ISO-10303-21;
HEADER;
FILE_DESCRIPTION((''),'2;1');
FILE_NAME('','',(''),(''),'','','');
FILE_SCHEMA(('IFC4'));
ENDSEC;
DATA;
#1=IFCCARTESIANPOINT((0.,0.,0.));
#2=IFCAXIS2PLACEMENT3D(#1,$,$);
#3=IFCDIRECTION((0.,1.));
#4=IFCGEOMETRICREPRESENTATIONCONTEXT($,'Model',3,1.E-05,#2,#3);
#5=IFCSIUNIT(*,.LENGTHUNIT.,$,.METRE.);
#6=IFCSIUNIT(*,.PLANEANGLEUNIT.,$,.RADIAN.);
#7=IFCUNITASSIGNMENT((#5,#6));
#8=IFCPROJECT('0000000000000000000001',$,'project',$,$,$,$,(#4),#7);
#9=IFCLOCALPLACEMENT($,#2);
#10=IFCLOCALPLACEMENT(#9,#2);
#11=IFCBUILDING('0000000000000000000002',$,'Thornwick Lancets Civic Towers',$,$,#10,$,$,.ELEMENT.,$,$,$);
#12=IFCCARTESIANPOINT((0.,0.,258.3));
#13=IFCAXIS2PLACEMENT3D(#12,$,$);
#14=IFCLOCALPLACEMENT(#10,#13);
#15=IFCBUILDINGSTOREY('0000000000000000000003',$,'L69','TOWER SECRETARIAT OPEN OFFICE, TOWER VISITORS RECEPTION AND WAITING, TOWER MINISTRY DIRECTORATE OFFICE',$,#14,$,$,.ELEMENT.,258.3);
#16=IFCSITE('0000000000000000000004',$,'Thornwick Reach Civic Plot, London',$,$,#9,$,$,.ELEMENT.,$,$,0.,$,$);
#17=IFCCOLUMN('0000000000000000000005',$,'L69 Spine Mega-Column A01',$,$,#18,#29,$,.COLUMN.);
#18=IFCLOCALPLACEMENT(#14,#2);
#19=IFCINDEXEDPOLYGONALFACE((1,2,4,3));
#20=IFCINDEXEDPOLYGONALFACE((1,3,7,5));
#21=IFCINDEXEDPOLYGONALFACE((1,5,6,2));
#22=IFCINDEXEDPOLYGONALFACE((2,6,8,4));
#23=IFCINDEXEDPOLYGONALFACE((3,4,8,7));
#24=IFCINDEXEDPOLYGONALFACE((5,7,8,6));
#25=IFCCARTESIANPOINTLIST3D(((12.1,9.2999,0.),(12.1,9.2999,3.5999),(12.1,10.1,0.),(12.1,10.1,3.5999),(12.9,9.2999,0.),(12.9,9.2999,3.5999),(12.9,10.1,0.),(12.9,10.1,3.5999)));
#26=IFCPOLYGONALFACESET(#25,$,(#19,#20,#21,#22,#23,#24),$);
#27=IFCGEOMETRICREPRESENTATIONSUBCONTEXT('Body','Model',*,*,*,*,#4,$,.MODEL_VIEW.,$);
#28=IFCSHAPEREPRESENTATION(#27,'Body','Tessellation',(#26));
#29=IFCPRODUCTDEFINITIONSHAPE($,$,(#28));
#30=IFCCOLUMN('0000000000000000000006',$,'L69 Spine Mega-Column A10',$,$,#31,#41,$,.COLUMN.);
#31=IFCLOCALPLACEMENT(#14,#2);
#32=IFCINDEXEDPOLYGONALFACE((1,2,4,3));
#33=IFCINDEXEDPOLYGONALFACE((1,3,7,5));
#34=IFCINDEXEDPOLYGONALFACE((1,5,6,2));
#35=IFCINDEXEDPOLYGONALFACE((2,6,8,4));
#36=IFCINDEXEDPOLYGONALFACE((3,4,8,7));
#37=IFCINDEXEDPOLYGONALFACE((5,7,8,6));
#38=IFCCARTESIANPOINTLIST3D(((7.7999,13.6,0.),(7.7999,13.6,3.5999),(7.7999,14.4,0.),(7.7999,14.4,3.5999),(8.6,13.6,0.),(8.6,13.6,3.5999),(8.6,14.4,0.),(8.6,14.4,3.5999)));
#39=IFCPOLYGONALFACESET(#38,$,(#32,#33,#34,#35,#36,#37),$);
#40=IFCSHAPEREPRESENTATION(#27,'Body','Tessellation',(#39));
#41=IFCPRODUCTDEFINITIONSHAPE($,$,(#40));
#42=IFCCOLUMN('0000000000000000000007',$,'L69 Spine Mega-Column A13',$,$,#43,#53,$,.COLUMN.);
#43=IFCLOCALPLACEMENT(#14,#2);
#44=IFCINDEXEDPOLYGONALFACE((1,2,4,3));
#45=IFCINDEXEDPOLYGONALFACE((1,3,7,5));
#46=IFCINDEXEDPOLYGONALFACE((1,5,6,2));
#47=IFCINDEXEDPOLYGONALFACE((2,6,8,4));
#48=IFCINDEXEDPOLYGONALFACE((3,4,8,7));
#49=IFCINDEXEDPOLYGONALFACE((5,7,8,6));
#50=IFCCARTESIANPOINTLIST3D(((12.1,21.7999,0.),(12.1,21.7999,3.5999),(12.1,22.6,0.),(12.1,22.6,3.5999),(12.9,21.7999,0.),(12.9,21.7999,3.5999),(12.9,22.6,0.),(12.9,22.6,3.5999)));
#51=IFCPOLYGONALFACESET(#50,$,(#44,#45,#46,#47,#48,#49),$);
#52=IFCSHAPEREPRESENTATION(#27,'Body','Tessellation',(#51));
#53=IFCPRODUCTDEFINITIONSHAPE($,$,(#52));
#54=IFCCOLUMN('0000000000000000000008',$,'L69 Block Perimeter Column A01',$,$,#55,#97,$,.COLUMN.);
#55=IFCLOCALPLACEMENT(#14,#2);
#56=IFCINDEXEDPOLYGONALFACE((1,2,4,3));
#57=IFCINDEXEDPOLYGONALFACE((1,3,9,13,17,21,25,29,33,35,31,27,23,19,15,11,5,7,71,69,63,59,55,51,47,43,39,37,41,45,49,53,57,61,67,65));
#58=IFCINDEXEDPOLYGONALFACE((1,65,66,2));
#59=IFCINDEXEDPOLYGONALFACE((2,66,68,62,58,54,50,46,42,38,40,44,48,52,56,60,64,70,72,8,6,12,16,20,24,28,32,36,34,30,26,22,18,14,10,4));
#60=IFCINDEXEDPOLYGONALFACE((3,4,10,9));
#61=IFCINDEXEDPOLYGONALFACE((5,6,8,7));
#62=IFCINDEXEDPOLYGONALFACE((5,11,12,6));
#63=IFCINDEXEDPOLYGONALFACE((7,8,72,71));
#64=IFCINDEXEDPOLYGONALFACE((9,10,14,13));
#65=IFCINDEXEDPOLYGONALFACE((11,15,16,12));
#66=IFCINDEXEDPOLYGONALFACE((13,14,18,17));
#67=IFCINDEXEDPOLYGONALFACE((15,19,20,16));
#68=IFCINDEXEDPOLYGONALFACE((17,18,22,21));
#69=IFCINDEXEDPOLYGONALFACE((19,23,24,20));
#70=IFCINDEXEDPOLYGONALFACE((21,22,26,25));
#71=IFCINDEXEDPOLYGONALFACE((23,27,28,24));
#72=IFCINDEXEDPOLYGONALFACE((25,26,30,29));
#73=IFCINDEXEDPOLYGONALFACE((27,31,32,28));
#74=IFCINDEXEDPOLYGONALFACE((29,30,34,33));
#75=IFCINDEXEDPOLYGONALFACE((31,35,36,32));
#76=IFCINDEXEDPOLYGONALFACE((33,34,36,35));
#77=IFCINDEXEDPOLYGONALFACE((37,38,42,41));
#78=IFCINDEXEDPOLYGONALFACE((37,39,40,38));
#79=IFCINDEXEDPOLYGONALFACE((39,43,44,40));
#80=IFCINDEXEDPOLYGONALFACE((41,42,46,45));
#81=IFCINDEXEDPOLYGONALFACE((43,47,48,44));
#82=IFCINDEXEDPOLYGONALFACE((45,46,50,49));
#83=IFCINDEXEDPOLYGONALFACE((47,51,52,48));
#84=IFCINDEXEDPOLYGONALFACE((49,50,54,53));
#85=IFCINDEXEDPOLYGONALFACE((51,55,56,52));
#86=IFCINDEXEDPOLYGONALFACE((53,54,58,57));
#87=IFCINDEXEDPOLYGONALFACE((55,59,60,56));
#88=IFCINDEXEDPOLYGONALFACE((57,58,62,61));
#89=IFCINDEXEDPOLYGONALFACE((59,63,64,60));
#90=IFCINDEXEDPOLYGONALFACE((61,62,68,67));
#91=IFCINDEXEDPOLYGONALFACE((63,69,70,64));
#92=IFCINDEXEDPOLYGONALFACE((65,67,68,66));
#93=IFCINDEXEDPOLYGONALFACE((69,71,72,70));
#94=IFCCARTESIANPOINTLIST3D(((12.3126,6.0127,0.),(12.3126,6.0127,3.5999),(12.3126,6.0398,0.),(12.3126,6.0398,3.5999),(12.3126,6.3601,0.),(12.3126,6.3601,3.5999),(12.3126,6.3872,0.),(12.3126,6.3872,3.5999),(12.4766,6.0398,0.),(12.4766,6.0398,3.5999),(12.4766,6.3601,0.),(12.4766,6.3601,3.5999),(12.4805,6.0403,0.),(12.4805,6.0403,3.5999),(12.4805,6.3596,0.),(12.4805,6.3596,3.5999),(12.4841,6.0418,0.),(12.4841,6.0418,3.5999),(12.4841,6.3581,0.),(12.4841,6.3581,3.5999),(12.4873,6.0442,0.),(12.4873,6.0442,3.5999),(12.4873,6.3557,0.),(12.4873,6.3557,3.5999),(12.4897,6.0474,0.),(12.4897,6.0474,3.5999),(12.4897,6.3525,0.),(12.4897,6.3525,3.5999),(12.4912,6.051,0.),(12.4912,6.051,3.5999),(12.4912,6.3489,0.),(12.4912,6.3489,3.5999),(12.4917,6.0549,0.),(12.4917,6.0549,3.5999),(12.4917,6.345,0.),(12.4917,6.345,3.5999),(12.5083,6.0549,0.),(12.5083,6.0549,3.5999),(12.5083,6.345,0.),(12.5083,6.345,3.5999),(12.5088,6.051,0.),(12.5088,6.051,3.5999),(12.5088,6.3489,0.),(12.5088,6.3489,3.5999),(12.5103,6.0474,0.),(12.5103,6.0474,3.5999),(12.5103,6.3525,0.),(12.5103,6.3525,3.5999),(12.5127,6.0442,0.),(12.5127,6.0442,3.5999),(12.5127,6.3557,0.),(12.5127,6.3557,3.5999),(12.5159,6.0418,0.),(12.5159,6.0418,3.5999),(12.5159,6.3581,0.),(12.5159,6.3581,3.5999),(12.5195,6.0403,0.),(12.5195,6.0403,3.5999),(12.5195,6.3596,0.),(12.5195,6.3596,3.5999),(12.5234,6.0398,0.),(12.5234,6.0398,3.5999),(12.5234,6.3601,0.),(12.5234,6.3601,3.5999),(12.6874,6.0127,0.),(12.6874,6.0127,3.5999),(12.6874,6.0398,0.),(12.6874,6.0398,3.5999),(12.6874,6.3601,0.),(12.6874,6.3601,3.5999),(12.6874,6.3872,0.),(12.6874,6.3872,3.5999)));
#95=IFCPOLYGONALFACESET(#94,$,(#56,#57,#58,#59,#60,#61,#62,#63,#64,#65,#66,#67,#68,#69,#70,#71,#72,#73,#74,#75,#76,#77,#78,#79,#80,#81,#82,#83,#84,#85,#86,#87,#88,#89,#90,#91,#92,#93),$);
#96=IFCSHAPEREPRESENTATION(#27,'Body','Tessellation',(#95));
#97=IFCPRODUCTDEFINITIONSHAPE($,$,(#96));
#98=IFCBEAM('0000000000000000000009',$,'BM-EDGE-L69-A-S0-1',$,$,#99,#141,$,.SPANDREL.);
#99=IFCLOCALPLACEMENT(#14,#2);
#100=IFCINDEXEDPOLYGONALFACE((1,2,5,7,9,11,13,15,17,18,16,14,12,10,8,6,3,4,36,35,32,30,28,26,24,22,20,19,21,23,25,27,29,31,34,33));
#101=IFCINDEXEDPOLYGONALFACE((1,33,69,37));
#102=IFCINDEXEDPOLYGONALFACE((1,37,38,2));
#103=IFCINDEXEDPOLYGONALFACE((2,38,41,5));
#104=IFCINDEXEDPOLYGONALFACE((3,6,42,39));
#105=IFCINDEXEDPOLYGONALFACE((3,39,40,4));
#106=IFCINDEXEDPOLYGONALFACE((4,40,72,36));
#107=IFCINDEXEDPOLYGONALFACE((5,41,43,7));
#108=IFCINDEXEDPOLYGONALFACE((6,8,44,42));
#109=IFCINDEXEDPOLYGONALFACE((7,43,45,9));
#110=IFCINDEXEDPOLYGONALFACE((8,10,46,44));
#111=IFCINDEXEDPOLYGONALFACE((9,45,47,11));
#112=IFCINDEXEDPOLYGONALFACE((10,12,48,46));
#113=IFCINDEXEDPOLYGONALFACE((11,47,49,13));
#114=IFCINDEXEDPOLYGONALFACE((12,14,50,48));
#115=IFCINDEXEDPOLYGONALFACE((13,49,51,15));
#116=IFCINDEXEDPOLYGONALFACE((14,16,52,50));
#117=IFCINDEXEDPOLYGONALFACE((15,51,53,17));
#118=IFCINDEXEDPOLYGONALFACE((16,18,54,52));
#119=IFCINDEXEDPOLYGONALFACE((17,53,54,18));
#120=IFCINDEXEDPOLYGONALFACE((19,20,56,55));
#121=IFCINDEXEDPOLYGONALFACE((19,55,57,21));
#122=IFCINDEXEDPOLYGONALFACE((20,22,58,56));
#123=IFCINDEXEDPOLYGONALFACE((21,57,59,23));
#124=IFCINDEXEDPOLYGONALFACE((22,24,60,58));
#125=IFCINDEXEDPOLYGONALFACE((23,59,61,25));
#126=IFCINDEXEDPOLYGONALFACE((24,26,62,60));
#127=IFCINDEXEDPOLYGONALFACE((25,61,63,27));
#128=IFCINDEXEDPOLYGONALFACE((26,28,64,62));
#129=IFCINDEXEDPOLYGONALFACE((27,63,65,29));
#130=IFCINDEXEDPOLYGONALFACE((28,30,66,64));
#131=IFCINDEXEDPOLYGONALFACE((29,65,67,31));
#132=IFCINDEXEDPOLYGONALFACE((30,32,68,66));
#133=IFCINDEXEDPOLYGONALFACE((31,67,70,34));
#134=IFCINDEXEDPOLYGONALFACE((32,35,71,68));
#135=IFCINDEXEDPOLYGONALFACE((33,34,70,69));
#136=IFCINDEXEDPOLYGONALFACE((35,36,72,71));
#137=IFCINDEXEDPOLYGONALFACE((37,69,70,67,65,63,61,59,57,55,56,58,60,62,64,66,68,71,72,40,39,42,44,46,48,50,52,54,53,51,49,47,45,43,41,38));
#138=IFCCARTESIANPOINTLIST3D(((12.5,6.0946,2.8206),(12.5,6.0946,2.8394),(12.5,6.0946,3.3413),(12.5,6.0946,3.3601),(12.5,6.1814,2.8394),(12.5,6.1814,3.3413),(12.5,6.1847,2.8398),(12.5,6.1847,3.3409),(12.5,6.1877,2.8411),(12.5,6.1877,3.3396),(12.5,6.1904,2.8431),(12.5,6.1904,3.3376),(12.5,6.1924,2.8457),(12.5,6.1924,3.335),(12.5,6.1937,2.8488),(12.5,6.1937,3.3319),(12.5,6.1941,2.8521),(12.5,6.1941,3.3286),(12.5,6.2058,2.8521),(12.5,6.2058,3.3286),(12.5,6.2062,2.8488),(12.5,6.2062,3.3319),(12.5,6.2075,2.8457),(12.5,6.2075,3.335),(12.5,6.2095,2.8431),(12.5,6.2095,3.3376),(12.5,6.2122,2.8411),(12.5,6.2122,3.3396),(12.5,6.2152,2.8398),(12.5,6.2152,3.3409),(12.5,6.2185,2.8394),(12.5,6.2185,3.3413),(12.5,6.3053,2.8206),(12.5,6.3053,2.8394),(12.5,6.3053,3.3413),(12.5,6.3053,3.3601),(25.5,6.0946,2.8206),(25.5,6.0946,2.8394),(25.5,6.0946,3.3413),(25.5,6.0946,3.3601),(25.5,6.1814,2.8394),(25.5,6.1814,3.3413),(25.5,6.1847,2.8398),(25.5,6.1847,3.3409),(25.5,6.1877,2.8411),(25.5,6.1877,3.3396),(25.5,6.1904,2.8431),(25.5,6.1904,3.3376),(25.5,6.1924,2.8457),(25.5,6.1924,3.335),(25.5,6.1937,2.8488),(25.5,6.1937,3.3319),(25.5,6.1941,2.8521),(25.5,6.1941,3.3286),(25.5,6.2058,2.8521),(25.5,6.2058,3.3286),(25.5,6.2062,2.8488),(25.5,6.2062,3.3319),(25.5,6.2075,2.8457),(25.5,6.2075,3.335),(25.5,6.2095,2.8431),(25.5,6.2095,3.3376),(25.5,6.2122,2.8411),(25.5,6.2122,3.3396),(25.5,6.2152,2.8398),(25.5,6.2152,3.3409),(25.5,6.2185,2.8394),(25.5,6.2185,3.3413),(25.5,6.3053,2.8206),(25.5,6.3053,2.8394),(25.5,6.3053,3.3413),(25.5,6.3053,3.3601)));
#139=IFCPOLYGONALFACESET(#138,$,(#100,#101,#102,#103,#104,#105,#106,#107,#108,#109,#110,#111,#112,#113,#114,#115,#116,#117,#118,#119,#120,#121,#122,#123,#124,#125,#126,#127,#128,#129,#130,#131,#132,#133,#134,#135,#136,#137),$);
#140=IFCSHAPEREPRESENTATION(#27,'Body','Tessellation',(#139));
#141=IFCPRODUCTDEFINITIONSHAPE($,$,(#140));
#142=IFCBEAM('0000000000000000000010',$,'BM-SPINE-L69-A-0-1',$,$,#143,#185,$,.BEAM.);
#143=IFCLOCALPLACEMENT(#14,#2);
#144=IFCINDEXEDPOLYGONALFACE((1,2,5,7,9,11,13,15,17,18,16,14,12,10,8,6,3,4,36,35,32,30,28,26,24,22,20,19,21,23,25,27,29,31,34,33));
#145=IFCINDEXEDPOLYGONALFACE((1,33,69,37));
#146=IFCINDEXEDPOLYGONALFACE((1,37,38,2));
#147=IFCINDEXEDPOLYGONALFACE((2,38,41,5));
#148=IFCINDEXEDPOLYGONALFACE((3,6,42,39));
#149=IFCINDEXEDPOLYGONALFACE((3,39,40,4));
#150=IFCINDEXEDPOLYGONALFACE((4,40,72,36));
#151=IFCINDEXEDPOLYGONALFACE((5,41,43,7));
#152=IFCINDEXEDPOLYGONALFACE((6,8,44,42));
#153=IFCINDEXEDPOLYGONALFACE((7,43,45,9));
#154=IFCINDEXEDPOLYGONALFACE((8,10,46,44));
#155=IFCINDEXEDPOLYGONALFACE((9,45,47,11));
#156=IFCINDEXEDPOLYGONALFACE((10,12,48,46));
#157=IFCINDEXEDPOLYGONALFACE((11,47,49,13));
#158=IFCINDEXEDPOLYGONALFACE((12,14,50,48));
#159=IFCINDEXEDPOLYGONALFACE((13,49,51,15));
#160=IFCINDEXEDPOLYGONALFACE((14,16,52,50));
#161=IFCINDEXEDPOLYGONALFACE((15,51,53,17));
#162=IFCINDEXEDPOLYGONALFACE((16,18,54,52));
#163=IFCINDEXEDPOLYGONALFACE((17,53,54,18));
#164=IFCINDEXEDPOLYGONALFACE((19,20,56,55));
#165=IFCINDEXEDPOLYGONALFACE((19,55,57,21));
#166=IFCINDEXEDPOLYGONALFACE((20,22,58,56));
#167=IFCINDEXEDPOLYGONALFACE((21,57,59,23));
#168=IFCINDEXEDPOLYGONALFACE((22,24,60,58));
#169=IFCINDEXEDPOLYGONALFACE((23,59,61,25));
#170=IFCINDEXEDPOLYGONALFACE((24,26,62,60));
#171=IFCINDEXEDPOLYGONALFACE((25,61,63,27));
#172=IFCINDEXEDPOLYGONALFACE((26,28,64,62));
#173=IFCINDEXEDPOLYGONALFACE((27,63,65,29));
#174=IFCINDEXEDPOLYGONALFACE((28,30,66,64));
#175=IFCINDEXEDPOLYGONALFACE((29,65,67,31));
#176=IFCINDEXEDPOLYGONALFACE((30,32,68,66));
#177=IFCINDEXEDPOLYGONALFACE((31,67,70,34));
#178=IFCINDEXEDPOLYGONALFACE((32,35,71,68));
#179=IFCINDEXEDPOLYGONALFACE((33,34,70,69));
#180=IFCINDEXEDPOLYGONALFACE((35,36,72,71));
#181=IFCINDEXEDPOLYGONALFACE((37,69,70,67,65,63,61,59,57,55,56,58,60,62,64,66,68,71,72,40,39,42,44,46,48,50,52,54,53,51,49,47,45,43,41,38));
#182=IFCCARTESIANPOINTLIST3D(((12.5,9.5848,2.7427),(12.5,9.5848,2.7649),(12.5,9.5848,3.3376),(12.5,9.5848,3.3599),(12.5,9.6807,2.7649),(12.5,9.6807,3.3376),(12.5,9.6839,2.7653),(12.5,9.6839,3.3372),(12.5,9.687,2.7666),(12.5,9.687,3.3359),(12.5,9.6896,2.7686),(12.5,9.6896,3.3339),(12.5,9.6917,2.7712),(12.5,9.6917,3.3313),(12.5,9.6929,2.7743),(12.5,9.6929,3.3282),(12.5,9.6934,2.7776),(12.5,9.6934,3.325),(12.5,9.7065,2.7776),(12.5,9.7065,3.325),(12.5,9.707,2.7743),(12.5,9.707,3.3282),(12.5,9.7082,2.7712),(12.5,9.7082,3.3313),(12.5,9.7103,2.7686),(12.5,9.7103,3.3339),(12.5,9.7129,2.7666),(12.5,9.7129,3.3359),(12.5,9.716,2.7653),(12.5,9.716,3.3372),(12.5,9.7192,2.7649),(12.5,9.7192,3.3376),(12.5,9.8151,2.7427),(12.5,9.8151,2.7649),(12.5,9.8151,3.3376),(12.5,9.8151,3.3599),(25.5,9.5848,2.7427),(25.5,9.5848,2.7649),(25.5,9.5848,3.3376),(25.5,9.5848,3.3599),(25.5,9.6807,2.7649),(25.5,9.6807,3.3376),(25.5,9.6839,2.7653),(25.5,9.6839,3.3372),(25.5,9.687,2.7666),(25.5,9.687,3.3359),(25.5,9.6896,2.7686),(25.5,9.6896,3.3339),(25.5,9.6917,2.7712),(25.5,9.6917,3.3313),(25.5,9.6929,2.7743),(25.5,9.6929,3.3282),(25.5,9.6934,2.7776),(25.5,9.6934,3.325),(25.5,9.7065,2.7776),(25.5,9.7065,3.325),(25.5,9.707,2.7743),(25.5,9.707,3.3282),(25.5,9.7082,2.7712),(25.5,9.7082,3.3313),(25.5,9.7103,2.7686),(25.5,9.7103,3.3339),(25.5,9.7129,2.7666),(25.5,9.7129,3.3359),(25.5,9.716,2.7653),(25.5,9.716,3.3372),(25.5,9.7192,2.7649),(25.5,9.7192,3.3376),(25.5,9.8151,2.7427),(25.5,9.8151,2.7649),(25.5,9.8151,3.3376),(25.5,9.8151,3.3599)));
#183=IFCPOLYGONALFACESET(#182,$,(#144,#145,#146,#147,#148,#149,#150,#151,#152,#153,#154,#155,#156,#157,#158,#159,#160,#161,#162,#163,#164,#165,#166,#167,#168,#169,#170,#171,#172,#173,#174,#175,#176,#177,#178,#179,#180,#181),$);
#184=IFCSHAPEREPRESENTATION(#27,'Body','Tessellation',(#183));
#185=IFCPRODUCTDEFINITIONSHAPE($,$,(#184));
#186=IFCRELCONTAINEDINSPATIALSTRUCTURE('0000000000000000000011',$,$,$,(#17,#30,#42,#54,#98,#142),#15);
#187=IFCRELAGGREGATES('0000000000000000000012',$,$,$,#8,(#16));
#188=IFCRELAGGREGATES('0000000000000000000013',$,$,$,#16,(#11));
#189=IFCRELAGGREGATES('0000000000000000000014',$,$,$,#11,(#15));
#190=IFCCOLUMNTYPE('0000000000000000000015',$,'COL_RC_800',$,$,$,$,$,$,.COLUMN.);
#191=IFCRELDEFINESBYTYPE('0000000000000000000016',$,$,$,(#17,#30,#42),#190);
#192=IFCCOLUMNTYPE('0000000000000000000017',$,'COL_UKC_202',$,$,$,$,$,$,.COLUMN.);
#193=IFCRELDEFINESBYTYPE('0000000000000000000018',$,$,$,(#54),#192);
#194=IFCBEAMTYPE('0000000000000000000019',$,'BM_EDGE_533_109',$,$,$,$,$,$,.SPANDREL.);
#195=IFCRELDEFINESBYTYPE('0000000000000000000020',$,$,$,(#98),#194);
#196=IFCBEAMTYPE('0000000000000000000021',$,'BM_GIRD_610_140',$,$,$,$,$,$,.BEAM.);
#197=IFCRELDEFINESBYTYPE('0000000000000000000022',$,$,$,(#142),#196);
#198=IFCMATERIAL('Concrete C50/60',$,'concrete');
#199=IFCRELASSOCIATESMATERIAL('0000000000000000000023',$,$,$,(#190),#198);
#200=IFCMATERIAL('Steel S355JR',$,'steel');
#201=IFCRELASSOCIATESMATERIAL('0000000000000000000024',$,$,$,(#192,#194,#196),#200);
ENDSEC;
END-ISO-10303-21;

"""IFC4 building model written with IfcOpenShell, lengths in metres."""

from ifc_helpers import new_model, si_unit, direction, frame, origin, origin_2d, place, context, subcontext, project, spatial, rectangle, i_section, extrude, material, material_profile, profile_set, type_object, element, save


model = new_model("IFC4")

# Units and contexts
model_context = context("Model", 3, precision=1e-05, world=origin(), true_north=direction((0.0, 1.0)))
body_context = subcontext(model_context, "Body", "Model", "MODEL_VIEW")
ifc_project = project(units=[si_unit("LENGTHUNIT", "METRE"), si_unit("PLANEANGLEUNIT", "RADIAN")], contexts=[model_context])

# Site, building, storey
site_placement = place(None, origin())
site = spatial("IfcSite", under=ifc_project, at=site_placement, Name="Thornwick Reach Civic Plot, London", CompositionType="ELEMENT", RefElevation=0.0)
building_placement = place(site_placement, origin())
building = spatial("IfcBuilding", under=site, at=building_placement, Name="Thornwick Lancets Civic Towers", CompositionType="ELEMENT")
storey_placement = place(building_placement, frame((0.0, 0.0, 258.3)))
storey = spatial("IfcBuildingStorey", under=building, at=storey_placement, Name="L69", Description="TOWER SECRETARIAT OPEN OFFICE, TOWER VISITORS RECEPTION AND WAITING, TOWER MINISTRY DIRECTORATE OFFICE", CompositionType="ELEMENT", Elevation=258.3)

# Columns
ifc_material_1 = material(Name="Concrete C50/60", Category="concrete")
ifc_material_profile_1 = material_profile(ifc_material_1, rectangle(XDim=0.8, YDim=0.8, at=origin_2d()), Name="RC 800x800")
ifc_profile_set_1 = profile_set([ifc_material_profile_1], Name="Concrete C50/60")
column_type_1 = type_object("IfcColumnType", Name="COL_RC_800", PredefinedType="COLUMN", material=ifc_profile_set_1)
for number, where, z_axis, x_axis, name in (
    (1, (12.5, 9.7, 0.0), (0.0, 0.0, 1.0), (1.0, 0.0, 0.0), "L69 Spine Mega-Column A01"),
    (2, (8.2, 14.0, 0.0), (0.0, 0.0, 1.0), (1.0, 0.0, 0.0), "L69 Spine Mega-Column A10"),
    (3, (12.5, 22.2, 0.0), (0.0, 0.0, 1.0), (1.0, 0.0, 0.0), "L69 Spine Mega-Column A13"),
):
    element("IfcColumn", number, at=place(storey_placement, frame(where, z_axis=z_axis, x_axis=x_axis)), inside=storey, type_object=column_type_1, Name=name, PredefinedType="COLUMN", context=body_context, shape_type="SweptSolid", body=[
        extrude(rectangle(XDim=0.8, YDim=0.8, at=origin_2d()), origin(), (0.0, 0.0, 1.0), 3.5999),
    ])
ifc_material_2 = material(Name="Steel S355JR", Category="steel")
ifc_material_profile_2 = material_profile(ifc_material_2, i_section(OverallWidth=0.3748, OverallDepth=0.3745, WebThickness=0.0166, FlangeThickness=0.0271, FilletRadius=0.0151, at=origin_2d()), Name="UKC 356x368x202")
ifc_profile_set_2 = profile_set([ifc_material_profile_2], Name="Steel S355JR")
column_type_2 = type_object("IfcColumnType", Name="COL_UKC_202", PredefinedType="COLUMN", material=ifc_profile_set_2)
column_placement = place(storey_placement, frame((12.5, 6.2, 0.0), z_axis=(0.0, 0.0, 1.0), x_axis=(1.0, 0.0, 0.0)))
element("IfcColumn", 4, at=column_placement, inside=storey, type_object=column_type_2, Name="L69 Block Perimeter Column A01", PredefinedType="COLUMN", context=body_context, shape_type="SweptSolid", body=[
    extrude(i_section(OverallWidth=0.3748, OverallDepth=0.3745, WebThickness=0.0166, FlangeThickness=0.0271, FilletRadius=0.0151, at=origin_2d()), origin(), (0.0, 0.0, 1.0), 3.5999),
])

# Beams
ifc_material_profile_3 = material_profile(ifc_material_2, i_section(OverallWidth=0.2107, OverallDepth=0.5396, WebThickness=0.0117, FlangeThickness=0.0188, FilletRadius=0.0127, at=origin_2d()), Name="UKB 533x210x109")
ifc_profile_set_3 = profile_set([ifc_material_profile_3], Name="Steel S355JR")
beam_type_1 = type_object("IfcBeamType", Name="BM_EDGE_533_109", PredefinedType="SPANDREL", material=ifc_profile_set_3)
beam_1_placement = place(storey_placement, frame((12.5, 6.2, 3.0903), z_axis=(1.0, 0.0, 0.0), x_axis=(0.0, 1.0, 0.0)))
element("IfcBeam", 5, at=beam_1_placement, inside=storey, type_object=beam_type_1, Name="BM-EDGE-L69-A-S0-1", PredefinedType="SPANDREL", context=body_context, shape_type="SweptSolid", body=[
    extrude(i_section(OverallWidth=0.2107, OverallDepth=0.5396, WebThickness=0.0117, FlangeThickness=0.0188, FilletRadius=0.0127, at=origin_2d()), origin(), (0.0, 0.0, 1.0), 13.0),
])
ifc_material_profile_4 = material_profile(ifc_material_2, i_section(OverallWidth=0.2302, OverallDepth=0.6172, WebThickness=0.0132, FlangeThickness=0.0222, FilletRadius=0.0127, at=origin_2d()), Name="UKB 610x229x140")
ifc_profile_set_4 = profile_set([ifc_material_profile_4], Name="Steel S355JR")
beam_type_2 = type_object("IfcBeamType", Name="BM_GIRD_610_140", PredefinedType="BEAM", material=ifc_profile_set_4)
for number, where, z_axis, x_axis, name in (
    (6, (12.5, 9.7, 3.0513), (1.0, 0.0, 0.0), (0.0, 1.0, 0.0), "BM-SPINE-L69-A-0-1"),
):
    element("IfcBeam", number, at=place(storey_placement, frame(where, z_axis=z_axis, x_axis=x_axis)), inside=storey, type_object=beam_type_2, Name=name, PredefinedType="BEAM", context=body_context, shape_type="SweptSolid", body=[
        extrude(i_section(OverallWidth=0.2302, OverallDepth=0.6172, WebThickness=0.0132, FlangeThickness=0.0222, FilletRadius=0.0127, at=origin_2d()), origin(), (0.0, 0.0, 1.0), 13.0),
    ])

save(model, "model.ifc")
